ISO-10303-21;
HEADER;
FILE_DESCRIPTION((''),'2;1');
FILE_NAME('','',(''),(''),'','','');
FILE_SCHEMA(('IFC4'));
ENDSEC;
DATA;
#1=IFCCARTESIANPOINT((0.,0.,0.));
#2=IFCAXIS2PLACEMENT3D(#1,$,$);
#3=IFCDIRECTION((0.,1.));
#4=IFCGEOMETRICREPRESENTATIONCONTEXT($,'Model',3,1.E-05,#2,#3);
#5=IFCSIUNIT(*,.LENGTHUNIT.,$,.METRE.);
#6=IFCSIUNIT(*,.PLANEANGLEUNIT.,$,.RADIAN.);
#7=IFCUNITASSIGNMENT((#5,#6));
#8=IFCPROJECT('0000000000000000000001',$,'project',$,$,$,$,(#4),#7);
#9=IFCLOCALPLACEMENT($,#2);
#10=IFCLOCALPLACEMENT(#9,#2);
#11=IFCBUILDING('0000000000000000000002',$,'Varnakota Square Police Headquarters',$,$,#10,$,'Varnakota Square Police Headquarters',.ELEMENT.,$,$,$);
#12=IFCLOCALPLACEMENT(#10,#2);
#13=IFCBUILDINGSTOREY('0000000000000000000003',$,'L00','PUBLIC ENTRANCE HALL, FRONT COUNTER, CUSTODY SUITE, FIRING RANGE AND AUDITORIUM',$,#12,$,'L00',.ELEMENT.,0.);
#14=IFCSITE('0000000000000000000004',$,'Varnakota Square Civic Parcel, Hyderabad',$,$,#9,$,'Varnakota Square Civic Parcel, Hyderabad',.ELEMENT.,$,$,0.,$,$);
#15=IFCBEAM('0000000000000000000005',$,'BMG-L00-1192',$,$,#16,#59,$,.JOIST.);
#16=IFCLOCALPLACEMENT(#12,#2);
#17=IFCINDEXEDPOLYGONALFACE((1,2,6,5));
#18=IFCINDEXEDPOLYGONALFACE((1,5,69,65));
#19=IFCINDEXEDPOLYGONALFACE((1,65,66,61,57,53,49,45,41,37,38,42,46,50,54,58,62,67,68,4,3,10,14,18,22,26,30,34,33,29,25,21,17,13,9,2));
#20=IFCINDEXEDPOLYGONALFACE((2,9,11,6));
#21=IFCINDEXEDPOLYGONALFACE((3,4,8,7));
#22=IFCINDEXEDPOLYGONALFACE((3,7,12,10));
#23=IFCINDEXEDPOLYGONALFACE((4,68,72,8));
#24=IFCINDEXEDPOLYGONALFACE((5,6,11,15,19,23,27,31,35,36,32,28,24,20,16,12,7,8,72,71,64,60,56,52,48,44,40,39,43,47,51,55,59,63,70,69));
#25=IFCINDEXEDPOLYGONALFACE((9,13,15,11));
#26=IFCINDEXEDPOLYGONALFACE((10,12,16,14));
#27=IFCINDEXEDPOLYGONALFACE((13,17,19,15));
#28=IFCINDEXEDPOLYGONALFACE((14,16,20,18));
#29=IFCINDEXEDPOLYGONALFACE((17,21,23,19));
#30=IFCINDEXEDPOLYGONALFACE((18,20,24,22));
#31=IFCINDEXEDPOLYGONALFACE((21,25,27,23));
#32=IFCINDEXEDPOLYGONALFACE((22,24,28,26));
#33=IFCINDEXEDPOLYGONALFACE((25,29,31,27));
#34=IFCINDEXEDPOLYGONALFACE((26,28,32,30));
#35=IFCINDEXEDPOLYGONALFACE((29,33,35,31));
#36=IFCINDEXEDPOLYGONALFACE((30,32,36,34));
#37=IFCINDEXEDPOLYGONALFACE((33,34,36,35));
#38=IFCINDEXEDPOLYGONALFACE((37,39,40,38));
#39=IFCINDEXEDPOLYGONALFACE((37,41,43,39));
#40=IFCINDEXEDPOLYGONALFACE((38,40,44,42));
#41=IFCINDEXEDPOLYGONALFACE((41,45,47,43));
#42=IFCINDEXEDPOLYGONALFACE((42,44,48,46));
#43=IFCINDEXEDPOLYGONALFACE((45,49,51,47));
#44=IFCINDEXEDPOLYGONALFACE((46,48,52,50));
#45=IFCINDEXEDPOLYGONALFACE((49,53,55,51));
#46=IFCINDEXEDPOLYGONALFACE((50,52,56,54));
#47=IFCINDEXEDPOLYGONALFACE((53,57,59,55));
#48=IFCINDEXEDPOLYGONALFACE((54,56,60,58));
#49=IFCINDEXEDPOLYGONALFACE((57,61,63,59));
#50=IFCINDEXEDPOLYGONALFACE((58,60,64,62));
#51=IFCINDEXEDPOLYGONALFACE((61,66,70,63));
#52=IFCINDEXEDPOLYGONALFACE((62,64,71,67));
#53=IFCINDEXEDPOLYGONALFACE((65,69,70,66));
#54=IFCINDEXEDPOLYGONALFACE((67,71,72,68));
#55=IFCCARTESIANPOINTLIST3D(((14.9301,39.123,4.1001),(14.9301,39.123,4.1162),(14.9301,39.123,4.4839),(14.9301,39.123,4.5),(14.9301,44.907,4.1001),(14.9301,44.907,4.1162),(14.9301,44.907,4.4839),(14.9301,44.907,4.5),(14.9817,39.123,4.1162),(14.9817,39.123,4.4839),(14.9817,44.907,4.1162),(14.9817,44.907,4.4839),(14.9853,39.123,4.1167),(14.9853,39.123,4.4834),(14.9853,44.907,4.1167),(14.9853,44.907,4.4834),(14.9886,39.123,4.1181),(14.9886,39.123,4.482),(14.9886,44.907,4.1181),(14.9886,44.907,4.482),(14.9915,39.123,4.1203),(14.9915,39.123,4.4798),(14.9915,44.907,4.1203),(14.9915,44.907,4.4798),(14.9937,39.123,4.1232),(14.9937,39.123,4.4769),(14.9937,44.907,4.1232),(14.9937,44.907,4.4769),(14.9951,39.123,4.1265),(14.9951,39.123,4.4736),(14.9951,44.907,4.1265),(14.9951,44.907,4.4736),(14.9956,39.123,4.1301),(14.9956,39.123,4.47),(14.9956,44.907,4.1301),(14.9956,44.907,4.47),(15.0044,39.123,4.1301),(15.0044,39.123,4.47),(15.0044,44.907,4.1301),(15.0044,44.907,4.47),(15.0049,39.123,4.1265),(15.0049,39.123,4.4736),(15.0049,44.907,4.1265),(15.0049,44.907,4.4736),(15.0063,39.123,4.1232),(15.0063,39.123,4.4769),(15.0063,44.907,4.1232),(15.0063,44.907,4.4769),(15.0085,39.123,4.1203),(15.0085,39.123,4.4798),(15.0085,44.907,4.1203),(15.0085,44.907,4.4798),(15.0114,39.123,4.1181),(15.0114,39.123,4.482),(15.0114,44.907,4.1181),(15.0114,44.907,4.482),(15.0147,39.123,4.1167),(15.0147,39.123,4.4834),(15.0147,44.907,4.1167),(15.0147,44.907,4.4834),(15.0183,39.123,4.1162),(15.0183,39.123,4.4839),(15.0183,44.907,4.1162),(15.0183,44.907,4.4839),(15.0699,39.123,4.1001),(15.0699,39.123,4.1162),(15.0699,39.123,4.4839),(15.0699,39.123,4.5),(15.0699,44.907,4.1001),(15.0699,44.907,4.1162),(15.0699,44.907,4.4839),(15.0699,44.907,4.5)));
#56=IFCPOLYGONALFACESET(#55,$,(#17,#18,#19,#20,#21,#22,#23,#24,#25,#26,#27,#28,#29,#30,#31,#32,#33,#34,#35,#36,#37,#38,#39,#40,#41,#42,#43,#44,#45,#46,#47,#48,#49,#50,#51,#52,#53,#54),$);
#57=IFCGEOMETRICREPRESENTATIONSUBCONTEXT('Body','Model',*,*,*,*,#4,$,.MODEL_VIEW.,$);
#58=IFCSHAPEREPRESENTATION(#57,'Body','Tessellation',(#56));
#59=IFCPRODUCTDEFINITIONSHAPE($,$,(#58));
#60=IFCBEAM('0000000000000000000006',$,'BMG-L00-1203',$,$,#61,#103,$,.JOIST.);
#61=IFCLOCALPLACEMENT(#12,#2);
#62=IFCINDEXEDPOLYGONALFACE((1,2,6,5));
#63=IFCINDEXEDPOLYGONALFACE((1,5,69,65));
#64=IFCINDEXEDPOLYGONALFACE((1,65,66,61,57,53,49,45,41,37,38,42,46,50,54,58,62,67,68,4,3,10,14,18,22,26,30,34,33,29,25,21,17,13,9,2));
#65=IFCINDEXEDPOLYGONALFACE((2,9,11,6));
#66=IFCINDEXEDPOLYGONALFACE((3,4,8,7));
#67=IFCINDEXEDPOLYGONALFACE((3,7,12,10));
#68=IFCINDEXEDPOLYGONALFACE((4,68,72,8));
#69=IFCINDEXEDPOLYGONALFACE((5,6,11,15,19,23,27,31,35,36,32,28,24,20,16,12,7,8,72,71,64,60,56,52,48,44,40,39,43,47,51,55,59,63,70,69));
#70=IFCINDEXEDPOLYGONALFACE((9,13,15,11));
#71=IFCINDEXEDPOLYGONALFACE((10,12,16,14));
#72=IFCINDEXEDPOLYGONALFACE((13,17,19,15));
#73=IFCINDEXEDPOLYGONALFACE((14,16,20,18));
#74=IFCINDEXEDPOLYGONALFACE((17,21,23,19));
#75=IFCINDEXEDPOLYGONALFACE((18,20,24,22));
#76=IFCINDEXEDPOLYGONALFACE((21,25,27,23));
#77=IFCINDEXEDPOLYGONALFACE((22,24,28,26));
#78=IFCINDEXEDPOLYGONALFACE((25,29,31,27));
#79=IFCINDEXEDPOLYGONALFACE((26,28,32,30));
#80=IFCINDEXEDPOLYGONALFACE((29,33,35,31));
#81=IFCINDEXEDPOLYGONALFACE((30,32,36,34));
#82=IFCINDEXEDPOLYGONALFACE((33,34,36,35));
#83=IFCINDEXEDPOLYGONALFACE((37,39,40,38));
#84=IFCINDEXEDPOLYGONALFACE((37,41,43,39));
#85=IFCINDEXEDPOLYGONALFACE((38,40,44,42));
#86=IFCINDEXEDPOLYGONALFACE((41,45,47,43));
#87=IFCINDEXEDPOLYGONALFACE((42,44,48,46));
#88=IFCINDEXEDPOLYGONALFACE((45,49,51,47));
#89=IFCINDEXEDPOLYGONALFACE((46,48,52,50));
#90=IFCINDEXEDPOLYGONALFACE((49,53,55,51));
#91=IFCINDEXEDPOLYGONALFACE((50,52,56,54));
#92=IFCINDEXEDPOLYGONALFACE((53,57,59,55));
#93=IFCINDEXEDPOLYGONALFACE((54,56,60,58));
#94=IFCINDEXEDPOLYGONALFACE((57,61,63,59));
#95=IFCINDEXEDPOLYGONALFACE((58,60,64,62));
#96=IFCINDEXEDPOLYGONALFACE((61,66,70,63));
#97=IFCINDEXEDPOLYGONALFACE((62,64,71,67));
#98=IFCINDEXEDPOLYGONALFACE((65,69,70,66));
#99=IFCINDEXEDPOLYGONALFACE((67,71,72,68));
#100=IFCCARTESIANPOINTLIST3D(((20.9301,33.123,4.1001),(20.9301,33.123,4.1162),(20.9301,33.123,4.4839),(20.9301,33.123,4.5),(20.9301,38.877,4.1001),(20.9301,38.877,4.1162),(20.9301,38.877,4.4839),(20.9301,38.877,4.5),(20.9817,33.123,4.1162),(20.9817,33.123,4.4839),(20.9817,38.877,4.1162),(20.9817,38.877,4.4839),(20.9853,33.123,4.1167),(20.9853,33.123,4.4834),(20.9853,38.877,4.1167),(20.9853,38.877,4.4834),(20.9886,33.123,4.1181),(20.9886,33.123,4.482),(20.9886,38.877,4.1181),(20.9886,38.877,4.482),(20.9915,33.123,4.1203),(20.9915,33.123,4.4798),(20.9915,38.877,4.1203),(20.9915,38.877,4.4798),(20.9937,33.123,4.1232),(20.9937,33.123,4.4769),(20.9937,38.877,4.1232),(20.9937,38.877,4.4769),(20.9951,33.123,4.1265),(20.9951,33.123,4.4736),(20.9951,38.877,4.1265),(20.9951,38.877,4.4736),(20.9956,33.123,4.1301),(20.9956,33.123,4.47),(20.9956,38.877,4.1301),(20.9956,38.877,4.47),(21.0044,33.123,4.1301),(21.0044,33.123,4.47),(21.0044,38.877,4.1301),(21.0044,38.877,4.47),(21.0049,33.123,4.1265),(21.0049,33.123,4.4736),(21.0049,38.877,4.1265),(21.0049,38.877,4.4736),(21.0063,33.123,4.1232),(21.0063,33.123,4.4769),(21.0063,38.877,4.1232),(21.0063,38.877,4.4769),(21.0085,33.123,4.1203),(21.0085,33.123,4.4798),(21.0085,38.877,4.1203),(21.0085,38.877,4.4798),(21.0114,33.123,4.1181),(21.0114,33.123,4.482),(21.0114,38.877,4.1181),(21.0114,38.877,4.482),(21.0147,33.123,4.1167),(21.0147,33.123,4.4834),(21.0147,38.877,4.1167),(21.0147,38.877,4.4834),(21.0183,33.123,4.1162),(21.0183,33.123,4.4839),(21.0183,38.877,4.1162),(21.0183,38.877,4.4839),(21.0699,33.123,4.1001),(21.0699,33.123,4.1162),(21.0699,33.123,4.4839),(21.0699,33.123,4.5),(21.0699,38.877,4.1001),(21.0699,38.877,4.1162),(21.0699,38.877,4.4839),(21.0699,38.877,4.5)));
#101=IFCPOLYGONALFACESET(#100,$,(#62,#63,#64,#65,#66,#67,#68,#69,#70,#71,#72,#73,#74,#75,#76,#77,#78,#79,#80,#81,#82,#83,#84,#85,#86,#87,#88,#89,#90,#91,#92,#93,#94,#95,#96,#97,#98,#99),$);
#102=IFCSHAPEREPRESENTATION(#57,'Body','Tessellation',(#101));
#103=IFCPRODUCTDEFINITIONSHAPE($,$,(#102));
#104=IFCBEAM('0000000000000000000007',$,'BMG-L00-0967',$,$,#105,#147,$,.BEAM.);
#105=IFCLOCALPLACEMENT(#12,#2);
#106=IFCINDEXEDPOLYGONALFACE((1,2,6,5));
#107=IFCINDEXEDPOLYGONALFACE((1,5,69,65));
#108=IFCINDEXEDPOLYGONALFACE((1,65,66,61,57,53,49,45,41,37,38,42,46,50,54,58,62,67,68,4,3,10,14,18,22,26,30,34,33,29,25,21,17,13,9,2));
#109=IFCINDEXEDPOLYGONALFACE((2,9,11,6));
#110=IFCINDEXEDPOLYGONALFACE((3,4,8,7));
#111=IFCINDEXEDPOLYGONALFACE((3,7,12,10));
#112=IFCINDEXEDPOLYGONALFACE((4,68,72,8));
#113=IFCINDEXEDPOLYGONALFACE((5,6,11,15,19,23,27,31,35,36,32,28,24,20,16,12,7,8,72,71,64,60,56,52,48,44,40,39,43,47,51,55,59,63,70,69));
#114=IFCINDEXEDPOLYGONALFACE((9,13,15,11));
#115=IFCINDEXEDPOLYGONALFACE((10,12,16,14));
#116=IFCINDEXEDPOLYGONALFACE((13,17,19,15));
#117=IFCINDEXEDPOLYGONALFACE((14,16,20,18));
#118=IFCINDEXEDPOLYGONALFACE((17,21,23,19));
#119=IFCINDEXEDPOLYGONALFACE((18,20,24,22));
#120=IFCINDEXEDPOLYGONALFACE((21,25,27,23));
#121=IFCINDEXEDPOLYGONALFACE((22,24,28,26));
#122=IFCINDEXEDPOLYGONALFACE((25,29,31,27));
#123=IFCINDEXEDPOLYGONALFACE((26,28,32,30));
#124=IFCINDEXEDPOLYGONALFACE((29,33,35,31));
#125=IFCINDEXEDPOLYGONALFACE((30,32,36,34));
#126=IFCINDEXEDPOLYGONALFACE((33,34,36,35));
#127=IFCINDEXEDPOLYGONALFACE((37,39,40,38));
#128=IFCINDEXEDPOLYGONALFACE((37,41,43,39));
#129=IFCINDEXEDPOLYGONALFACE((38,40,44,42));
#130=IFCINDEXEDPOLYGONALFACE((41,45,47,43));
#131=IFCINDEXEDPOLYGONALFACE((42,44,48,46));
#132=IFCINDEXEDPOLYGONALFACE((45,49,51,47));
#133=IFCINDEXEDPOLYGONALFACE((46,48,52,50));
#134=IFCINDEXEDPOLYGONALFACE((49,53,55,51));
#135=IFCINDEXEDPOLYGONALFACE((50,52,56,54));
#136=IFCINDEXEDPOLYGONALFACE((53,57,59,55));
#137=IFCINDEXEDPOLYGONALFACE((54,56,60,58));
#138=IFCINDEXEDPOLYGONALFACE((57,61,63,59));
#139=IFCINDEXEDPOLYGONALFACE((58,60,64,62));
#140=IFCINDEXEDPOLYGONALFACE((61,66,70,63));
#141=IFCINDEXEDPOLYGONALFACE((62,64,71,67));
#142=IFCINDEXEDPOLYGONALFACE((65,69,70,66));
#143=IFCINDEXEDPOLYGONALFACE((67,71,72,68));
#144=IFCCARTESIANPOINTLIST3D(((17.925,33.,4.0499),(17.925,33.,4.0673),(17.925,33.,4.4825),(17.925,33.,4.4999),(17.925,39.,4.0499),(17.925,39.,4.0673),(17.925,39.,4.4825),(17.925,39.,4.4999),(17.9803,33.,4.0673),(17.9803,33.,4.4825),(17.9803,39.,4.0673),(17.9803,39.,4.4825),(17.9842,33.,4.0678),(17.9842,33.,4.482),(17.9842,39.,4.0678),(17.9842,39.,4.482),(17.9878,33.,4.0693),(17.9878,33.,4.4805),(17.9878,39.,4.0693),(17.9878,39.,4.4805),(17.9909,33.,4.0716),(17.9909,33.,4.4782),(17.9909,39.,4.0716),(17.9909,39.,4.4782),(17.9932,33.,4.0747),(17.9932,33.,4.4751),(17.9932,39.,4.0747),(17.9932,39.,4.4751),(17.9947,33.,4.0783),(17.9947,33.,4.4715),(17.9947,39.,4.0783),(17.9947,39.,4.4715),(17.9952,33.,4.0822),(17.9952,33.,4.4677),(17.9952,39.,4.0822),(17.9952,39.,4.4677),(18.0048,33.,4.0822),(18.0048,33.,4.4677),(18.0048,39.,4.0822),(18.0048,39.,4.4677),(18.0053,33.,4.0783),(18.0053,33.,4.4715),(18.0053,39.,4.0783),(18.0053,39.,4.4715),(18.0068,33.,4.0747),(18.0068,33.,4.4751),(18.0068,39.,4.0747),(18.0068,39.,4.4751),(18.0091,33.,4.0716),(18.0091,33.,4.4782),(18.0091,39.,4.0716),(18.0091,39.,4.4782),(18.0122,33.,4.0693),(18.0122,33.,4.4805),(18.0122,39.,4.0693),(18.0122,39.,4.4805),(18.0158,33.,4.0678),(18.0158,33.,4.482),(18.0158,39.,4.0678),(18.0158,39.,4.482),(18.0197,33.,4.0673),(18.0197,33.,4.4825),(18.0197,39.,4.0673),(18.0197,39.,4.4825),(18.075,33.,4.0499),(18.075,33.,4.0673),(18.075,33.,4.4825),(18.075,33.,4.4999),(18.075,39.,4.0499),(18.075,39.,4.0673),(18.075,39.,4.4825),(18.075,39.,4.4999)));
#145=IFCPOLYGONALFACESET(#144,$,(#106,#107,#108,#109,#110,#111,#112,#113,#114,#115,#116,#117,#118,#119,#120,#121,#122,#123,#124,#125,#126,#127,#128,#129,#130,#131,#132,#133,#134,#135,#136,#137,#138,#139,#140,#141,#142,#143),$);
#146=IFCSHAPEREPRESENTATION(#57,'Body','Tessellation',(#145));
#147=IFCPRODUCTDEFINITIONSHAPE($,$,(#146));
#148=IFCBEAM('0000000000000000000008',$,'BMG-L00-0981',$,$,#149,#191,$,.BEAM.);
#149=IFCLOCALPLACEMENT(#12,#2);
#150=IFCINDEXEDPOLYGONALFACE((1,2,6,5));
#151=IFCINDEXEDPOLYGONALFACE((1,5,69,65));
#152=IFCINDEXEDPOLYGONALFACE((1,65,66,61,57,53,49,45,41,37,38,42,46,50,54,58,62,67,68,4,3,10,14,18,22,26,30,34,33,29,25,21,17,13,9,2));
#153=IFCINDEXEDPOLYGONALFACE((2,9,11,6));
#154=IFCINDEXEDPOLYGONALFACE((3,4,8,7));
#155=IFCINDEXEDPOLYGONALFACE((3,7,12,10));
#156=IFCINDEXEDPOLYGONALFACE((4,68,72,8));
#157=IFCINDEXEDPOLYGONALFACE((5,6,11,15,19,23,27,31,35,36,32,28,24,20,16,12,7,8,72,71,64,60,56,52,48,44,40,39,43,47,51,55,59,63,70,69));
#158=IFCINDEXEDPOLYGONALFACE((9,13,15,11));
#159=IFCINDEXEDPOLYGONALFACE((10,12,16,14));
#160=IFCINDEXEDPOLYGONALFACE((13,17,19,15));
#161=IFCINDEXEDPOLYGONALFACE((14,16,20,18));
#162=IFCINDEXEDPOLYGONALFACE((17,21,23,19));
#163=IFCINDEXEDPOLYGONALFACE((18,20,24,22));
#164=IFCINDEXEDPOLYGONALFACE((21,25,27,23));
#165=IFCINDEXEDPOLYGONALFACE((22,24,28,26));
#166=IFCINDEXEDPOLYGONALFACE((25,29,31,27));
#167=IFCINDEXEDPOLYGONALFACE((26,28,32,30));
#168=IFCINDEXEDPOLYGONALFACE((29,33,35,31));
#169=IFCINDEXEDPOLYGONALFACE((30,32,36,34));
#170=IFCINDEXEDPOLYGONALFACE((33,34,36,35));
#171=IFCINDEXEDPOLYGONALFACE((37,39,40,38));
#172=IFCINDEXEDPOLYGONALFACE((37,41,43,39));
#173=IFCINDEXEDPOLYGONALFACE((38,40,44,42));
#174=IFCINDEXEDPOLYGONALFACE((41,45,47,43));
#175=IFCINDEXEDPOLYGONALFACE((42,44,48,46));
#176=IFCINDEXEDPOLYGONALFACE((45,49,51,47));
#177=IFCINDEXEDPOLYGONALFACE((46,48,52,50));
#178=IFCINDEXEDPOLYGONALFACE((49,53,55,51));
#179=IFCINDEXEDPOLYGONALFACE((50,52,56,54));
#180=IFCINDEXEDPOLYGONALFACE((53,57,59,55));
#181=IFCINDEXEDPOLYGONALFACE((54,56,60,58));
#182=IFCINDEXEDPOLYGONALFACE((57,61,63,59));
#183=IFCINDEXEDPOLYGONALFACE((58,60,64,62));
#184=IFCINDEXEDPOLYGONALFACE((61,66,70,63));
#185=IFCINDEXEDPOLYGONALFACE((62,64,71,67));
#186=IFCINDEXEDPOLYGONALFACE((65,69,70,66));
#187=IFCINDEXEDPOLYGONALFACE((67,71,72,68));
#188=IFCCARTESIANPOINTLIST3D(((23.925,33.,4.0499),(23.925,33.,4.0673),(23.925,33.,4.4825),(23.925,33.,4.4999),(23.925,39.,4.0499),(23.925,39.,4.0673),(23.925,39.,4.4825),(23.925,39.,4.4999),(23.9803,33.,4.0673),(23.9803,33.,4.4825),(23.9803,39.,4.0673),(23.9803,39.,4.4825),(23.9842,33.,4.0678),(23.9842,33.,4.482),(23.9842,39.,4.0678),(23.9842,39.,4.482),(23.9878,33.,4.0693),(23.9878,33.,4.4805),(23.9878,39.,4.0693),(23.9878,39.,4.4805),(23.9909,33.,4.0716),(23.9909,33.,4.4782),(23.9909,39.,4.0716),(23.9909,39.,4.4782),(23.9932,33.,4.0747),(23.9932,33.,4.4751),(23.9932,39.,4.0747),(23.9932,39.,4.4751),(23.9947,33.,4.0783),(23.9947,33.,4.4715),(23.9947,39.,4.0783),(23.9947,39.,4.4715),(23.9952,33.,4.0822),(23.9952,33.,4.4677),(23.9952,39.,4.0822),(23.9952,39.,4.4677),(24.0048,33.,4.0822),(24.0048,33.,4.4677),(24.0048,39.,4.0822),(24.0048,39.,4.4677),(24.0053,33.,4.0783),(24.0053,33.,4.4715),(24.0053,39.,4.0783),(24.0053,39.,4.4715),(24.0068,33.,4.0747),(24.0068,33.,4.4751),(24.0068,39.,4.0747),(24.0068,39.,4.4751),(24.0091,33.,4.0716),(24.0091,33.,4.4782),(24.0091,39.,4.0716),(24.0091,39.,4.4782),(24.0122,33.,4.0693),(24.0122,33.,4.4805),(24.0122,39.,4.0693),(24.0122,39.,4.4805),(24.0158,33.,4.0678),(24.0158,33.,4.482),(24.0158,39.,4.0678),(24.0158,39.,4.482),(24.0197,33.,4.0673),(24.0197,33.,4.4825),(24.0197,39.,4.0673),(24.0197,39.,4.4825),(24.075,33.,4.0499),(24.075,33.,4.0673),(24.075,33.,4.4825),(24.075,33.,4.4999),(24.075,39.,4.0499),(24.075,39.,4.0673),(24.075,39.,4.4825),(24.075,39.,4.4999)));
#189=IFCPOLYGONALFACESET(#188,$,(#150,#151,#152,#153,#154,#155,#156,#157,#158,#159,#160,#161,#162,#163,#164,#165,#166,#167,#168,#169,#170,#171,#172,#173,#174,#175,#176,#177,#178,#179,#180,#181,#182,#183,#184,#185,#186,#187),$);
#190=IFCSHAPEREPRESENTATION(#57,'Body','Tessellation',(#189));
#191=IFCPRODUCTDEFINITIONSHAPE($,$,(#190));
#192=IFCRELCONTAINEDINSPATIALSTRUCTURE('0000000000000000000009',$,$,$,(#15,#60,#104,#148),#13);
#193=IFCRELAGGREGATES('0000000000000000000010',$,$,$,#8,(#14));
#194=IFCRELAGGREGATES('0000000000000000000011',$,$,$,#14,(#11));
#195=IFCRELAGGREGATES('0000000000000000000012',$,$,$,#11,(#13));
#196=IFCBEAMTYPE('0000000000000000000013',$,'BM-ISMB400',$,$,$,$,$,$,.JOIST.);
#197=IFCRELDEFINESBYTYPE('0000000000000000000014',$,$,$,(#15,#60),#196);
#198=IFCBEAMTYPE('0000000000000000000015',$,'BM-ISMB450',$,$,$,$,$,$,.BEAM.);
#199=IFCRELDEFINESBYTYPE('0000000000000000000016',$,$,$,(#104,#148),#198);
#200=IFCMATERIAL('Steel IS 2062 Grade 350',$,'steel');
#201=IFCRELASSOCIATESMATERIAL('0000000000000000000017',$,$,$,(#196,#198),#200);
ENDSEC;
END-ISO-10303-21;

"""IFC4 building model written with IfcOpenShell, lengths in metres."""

from ifc_helpers import new_model, si_unit, direction, frame, origin, origin_2d, place, context, subcontext, project, spatial, i_section, extrude, material, material_profile, profile_set, type_object, element, save


model = new_model("IFC4")

# Units and contexts
model_context = context("Model", 3, precision=1e-05, world=origin(), true_north=direction((0.0, 1.0)))
body_context = subcontext(model_context, "Body", "Model", "MODEL_VIEW")
ifc_project = project(units=[si_unit("LENGTHUNIT", "METRE"), si_unit("PLANEANGLEUNIT", "RADIAN")], contexts=[model_context])

# Site, building, storey
site_placement = place(None, origin())
site = spatial("IfcSite", under=ifc_project, at=site_placement, Name="Varnakota Square Civic Parcel, Hyderabad", LongName="Varnakota Square Civic Parcel, Hyderabad", CompositionType="ELEMENT", RefElevation=0.0)
building_placement = place(site_placement, origin())
building = spatial("IfcBuilding", under=site, at=building_placement, Name="Varnakota Square Police Headquarters", LongName="Varnakota Square Police Headquarters", CompositionType="ELEMENT")
storey_placement = place(building_placement, origin())
storey = spatial("IfcBuildingStorey", under=building, at=storey_placement, Name="L00", Description="PUBLIC ENTRANCE HALL, FRONT COUNTER, CUSTODY SUITE, FIRING RANGE AND AUDITORIUM", LongName="L00", CompositionType="ELEMENT", Elevation=0.0)

# Beams
ifc_material_1 = material(Name="Steel IS 2062 Grade 350", Category="steel")
ifc_material_profile_1 = material_profile(ifc_material_1, i_section(OverallWidth=0.1399, OverallDepth=0.3999, WebThickness=0.0088, FlangeThickness=0.0161, FilletRadius=0.0139, at=origin_2d()), Name="ISMB 400")
ifc_profile_set_1 = profile_set([ifc_material_profile_1], Name="Steel IS 2062 Grade 350")
beam_type_1 = type_object("IfcBeamType", Name="BM-ISMB400", PredefinedType="JOIST", material=ifc_profile_set_1)
beam_1_placement = place(storey_placement, frame((15.0, 39.123, 4.3), z_axis=(0.0, 1.0, 0.0), x_axis=(-1.0, 0.0, 0.0)))
element("IfcBeam", 1, at=beam_1_placement, inside=storey, type_object=beam_type_1, Name="BMG-L00-1192", PredefinedType="JOIST", context=body_context, shape_type="SweptSolid", body=[
    extrude(i_section(OverallWidth=0.1399, OverallDepth=0.3999, WebThickness=0.0088, FlangeThickness=0.0161, FilletRadius=0.0139, at=origin_2d()), origin(), (0.0, 0.0, 1.0), 5.7839),
])
beam_2_placement = place(storey_placement, frame((21.0, 33.123, 4.3), z_axis=(0.0, 1.0, 0.0), x_axis=(-1.0, 0.0, 0.0)))
element("IfcBeam", 2, at=beam_2_placement, inside=storey, type_object=beam_type_1, Name="BMG-L00-1203", PredefinedType="JOIST", context=body_context, shape_type="SweptSolid", body=[
    extrude(i_section(OverallWidth=0.1399, OverallDepth=0.3999, WebThickness=0.0088, FlangeThickness=0.0161, FilletRadius=0.0139, at=origin_2d()), origin(), (0.0, 0.0, 1.0), 5.7539),
])
ifc_material_profile_2 = material_profile(ifc_material_1, i_section(OverallWidth=0.1499, OverallDepth=0.45, WebThickness=0.0095, FlangeThickness=0.0173, FilletRadius=0.0149, at=origin_2d()), Name="ISMB 450")
ifc_profile_set_2 = profile_set([ifc_material_profile_2], Name="Steel IS 2062 Grade 350")
beam_type_2 = type_object("IfcBeamType", Name="BM-ISMB450", PredefinedType="BEAM", material=ifc_profile_set_2)
for number, where, z_axis, x_axis, name in (
    (3, (18.0, 33.0, 4.2749), (0.0, 1.0, 0.0), (-1.0, 0.0, 0.0), "BMG-L00-0967"),
    (4, (24.0, 33.0, 4.2749), (0.0, 1.0, 0.0), (-1.0, 0.0, 0.0), "BMG-L00-0981"),
):
    element("IfcBeam", number, at=place(storey_placement, frame(where, z_axis=z_axis, x_axis=x_axis)), inside=storey, type_object=beam_type_2, Name=name, PredefinedType="BEAM", context=body_context, shape_type="SweptSolid", body=[
        extrude(i_section(OverallWidth=0.1499, OverallDepth=0.45, WebThickness=0.0095, FlangeThickness=0.0173, FilletRadius=0.0149, at=origin_2d()), origin(), (0.0, 0.0, 1.0), 6.0),
    ])

save(model, "model.ifc")
